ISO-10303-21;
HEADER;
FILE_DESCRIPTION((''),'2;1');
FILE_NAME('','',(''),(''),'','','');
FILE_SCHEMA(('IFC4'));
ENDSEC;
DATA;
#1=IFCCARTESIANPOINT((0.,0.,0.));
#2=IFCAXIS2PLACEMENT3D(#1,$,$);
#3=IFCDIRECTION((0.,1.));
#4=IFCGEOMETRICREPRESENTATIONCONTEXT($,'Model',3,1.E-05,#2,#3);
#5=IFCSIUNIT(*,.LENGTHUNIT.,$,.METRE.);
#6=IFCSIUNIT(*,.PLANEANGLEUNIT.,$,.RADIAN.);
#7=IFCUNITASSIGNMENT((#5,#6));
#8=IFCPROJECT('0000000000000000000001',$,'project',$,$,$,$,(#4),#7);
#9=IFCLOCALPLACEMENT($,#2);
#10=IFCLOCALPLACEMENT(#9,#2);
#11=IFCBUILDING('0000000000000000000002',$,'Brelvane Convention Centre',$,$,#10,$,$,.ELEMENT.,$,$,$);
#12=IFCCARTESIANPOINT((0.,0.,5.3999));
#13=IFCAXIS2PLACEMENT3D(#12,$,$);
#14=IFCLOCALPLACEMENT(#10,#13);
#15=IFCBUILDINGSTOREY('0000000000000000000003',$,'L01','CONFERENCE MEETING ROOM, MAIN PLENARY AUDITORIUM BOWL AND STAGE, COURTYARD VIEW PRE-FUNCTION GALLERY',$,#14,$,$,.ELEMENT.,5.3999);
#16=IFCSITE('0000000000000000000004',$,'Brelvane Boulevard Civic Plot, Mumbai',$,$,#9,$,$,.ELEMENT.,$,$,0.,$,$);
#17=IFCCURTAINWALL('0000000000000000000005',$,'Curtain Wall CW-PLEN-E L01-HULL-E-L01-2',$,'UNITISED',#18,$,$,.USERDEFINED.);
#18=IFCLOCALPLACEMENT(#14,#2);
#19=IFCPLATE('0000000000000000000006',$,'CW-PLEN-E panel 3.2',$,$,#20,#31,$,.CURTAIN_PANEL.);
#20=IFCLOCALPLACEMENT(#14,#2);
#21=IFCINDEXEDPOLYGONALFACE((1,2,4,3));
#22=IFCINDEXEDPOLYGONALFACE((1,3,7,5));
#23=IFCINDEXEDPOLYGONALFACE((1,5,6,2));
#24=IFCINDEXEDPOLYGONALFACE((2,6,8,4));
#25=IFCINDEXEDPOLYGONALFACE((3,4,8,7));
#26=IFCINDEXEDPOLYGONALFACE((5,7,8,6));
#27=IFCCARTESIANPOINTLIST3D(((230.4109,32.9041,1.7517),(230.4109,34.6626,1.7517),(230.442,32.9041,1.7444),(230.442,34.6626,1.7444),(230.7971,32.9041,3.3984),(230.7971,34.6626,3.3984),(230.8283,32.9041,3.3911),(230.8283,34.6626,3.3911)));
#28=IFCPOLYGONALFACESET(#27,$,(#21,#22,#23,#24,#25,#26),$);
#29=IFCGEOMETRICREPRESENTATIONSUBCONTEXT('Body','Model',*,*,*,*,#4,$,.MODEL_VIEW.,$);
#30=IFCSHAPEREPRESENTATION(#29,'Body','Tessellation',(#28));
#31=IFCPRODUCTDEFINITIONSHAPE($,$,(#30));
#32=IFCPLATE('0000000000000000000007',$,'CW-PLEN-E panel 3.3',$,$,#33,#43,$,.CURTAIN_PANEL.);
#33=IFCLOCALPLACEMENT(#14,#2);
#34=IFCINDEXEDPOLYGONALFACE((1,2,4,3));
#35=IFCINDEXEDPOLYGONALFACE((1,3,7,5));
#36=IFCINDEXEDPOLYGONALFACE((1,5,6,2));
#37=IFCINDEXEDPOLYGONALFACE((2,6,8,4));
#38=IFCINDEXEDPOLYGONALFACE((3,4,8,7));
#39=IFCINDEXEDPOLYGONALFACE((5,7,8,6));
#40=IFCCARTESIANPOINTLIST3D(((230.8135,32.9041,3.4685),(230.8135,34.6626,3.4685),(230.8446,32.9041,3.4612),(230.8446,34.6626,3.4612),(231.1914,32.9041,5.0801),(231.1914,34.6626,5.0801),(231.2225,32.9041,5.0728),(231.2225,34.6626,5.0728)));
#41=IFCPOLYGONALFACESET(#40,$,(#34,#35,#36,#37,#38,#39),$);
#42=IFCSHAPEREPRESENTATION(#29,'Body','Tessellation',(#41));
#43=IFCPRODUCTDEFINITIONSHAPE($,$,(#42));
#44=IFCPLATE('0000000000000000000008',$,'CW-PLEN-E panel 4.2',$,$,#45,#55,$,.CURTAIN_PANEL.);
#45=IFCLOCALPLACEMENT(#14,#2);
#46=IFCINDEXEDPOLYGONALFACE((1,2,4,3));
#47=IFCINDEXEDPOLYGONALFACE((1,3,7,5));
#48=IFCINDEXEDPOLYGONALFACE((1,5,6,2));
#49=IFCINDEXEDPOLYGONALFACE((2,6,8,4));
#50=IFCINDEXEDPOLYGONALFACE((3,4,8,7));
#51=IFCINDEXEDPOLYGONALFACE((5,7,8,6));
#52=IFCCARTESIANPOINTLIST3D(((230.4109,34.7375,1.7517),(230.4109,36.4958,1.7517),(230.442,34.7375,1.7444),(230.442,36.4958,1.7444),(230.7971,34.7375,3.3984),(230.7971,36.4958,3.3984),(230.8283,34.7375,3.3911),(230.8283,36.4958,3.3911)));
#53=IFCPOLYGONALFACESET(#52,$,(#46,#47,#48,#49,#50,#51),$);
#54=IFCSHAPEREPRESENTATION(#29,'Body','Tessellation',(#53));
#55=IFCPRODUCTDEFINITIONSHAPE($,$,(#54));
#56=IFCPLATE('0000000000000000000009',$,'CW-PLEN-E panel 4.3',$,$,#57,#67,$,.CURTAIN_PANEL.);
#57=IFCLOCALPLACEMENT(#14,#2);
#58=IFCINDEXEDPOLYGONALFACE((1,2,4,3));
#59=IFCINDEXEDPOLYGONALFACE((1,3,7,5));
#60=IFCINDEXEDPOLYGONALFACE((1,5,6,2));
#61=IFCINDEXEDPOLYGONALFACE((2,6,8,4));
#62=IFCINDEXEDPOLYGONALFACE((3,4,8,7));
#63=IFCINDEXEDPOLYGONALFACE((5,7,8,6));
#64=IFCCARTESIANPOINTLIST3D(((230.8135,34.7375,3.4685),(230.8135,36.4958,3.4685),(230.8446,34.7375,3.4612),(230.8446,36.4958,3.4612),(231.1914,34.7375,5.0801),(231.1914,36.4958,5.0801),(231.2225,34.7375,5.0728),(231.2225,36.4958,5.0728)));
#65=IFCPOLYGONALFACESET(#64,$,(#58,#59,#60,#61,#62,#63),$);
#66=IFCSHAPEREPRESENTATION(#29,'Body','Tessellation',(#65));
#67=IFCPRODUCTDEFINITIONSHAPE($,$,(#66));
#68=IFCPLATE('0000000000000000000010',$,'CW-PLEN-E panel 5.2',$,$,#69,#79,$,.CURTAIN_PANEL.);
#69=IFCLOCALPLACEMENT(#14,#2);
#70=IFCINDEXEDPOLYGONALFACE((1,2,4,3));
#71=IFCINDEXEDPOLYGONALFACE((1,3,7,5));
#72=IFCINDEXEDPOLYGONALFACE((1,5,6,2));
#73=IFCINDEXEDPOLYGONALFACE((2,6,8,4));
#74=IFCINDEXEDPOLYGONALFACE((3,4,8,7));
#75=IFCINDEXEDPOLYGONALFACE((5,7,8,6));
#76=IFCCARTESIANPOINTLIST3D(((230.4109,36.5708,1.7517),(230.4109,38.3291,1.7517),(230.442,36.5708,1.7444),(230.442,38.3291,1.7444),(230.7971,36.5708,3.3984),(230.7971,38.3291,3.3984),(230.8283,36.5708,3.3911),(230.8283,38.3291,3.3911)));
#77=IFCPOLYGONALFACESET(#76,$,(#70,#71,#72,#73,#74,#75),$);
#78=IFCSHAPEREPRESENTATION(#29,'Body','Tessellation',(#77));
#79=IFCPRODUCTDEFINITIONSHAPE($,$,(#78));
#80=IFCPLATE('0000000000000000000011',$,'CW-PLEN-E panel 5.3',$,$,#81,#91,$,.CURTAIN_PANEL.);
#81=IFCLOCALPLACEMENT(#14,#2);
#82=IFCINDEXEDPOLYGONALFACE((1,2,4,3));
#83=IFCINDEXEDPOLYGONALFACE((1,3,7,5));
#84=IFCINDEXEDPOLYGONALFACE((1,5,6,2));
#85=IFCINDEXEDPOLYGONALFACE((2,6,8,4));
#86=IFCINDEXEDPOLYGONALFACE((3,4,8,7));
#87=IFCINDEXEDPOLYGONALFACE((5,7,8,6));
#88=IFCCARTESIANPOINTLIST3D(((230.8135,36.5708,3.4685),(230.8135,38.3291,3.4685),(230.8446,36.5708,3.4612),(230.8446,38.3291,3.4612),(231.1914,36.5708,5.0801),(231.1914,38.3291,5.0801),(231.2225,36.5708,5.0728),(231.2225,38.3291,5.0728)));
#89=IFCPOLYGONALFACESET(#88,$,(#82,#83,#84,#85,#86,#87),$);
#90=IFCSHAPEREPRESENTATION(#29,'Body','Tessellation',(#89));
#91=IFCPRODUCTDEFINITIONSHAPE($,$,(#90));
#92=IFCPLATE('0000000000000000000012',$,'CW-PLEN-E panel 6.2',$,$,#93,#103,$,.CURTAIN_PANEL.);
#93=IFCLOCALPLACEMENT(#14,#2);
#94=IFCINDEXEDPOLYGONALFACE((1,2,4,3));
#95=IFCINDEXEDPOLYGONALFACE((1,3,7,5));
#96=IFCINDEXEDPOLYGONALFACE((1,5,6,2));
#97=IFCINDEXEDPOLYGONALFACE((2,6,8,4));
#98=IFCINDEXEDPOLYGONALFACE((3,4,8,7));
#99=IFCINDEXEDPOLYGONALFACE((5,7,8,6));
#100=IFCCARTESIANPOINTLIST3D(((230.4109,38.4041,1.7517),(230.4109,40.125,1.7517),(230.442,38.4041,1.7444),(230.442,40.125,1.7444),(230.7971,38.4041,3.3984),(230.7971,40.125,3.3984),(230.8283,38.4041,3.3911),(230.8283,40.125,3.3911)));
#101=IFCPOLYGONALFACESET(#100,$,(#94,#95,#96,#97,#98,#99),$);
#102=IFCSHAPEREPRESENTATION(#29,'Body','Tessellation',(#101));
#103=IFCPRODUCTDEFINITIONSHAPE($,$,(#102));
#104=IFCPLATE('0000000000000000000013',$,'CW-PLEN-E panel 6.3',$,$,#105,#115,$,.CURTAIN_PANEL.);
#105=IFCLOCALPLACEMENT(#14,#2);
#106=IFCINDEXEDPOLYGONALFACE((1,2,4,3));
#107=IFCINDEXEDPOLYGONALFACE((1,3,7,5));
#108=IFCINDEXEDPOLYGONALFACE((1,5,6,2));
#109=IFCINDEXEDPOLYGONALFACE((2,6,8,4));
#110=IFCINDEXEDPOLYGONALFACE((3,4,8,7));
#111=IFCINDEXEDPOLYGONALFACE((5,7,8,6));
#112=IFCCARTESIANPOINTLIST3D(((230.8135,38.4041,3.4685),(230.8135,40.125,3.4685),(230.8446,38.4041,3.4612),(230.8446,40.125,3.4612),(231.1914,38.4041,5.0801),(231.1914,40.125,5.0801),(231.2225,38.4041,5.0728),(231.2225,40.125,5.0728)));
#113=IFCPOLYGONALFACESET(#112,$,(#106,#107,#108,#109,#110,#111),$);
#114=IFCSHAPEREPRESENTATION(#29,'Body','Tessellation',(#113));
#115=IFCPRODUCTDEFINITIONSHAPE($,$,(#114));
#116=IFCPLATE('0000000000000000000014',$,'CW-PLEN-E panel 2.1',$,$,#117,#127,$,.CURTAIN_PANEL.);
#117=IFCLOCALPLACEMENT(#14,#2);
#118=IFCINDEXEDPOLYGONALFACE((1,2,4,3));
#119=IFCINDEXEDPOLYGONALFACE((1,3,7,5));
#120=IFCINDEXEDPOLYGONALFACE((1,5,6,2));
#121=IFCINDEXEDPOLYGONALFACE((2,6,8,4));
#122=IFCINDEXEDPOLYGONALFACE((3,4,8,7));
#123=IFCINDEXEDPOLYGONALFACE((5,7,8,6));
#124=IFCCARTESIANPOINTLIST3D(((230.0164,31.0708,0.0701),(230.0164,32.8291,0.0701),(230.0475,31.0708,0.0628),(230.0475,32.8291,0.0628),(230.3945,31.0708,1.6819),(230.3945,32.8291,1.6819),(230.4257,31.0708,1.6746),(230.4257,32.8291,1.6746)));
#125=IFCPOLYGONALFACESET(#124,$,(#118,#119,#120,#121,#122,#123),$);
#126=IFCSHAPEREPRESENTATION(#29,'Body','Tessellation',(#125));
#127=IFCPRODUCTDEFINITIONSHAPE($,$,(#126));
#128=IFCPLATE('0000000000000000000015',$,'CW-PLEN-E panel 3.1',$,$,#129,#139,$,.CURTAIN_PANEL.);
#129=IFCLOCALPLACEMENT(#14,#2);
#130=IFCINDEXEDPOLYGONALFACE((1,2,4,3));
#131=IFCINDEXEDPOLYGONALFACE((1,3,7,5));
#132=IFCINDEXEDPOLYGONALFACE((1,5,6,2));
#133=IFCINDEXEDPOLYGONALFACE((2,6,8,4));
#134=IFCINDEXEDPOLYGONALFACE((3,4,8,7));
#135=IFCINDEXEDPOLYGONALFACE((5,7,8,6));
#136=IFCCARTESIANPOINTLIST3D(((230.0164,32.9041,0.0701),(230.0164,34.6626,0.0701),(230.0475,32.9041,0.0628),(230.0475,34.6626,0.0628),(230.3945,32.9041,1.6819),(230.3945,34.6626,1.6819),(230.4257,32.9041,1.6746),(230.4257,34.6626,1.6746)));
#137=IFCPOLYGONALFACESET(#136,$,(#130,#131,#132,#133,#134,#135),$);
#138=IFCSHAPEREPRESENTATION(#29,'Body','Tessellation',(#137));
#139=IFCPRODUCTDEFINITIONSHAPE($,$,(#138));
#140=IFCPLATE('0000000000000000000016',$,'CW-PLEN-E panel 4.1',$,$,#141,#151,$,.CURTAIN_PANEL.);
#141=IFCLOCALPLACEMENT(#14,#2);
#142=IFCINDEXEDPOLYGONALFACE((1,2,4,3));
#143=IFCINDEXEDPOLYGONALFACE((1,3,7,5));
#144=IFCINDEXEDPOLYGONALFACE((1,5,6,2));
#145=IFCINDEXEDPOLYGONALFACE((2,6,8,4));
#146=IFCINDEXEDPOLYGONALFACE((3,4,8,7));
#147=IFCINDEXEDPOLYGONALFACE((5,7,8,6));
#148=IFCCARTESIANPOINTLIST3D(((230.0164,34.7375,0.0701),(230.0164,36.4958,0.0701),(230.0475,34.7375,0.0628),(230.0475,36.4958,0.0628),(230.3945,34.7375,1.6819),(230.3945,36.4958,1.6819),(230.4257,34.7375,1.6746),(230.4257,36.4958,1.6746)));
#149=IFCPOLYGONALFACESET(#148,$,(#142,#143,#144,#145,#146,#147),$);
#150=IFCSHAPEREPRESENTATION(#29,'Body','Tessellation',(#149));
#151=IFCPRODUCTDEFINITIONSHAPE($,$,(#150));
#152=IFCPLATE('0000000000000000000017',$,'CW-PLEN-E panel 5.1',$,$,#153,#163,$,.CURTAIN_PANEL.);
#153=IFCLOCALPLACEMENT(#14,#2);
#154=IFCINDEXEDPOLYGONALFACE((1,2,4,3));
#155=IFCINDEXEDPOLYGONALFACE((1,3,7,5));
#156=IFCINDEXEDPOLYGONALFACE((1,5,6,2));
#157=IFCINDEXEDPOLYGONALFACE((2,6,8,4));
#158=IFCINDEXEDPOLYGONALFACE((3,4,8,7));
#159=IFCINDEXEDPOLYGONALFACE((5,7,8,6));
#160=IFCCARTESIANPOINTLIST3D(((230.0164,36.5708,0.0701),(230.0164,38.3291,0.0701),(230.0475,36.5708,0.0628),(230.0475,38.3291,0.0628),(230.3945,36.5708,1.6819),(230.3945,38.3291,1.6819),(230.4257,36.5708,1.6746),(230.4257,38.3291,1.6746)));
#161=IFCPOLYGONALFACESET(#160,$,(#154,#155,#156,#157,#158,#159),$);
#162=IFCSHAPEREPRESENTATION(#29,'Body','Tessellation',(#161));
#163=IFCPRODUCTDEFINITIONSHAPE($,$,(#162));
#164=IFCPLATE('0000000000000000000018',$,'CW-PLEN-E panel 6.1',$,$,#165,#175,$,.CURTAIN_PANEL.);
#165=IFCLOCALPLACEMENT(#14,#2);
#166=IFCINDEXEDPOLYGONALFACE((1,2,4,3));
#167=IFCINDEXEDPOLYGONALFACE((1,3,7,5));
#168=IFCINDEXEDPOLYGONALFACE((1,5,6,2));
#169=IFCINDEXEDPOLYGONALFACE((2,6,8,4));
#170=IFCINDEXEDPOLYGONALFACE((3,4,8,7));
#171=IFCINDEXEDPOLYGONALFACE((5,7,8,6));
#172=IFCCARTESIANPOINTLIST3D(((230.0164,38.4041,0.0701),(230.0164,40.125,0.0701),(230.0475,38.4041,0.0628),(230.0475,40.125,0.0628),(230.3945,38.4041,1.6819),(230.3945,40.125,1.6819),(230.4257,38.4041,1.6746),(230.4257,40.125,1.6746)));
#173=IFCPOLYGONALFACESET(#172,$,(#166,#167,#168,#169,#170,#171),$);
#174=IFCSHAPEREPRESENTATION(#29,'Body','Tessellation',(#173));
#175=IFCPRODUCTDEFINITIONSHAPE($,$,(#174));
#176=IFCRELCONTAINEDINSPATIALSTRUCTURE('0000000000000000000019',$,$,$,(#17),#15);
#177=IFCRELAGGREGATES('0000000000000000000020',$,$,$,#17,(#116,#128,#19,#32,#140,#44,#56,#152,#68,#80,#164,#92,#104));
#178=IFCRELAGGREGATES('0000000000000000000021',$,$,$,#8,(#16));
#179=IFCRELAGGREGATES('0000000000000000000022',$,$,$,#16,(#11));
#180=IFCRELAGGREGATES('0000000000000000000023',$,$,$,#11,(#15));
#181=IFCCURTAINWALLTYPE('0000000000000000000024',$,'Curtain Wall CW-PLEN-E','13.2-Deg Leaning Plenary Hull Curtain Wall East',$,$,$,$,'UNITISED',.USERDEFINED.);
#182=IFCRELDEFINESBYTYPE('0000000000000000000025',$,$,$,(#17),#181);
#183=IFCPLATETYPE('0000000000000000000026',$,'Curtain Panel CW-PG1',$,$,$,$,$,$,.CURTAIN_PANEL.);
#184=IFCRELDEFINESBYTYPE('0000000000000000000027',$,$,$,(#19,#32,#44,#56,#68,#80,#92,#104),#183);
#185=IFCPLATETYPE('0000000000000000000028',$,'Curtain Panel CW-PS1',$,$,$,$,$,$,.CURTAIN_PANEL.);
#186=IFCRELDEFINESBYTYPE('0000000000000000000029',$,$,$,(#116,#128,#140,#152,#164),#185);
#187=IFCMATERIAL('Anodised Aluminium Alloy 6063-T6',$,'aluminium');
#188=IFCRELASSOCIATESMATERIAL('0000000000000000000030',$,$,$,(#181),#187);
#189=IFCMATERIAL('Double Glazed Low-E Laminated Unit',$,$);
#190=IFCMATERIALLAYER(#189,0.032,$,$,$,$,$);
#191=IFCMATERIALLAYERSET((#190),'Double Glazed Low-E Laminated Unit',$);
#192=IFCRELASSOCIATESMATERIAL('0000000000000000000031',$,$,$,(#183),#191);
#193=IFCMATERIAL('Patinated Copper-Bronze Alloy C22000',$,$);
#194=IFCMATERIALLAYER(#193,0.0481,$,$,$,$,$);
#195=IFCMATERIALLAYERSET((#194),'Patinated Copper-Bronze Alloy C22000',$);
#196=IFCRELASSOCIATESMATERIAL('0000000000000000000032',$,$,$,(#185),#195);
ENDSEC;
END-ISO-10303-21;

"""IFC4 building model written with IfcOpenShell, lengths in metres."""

from ifc_helpers import new_model, si_unit, direction, frame, origin, place, context, subcontext, project, spatial, polyline, outline, extrude, material, layer, layer_set, type_object, element, aggregate, save


model = new_model("IFC4")

# Units and contexts
model_context = context("Model", 3, precision=1e-05, world=origin(), true_north=direction((0.0, 1.0)))
body_context = subcontext(model_context, "Body", "Model", "MODEL_VIEW")
ifc_project = project(units=[si_unit("LENGTHUNIT", "METRE"), si_unit("PLANEANGLEUNIT", "RADIAN")], contexts=[model_context])

# Site, building, storey
site_placement = place(None, origin())
site = spatial("IfcSite", under=ifc_project, at=site_placement, Name="Brelvane Boulevard Civic Plot, Mumbai", CompositionType="ELEMENT", RefElevation=0.0)
building_placement = place(site_placement, origin())
building = spatial("IfcBuilding", under=site, at=building_placement, Name="Brelvane Convention Centre", CompositionType="ELEMENT")
storey_placement = place(building_placement, frame((0.0, 0.0, 5.3999)))
storey = spatial("IfcBuildingStorey", under=building, at=storey_placement, Name="L01", Description="CONFERENCE MEETING ROOM, MAIN PLENARY AUDITORIUM BOWL AND STAGE, COURTYARD VIEW PRE-FUNCTION GALLERY", CompositionType="ELEMENT", Elevation=5.3999)

# Curtain wall, plates
ifc_material_1 = material(Name="Anodised Aluminium Alloy 6063-T6", Category="aluminium")
curtain_wall_type = type_object("IfcCurtainWallType", Name="Curtain Wall CW-PLEN-E", Description="13.2-Deg Leaning Plenary Hull Curtain Wall East", ElementType="UNITISED", PredefinedType="USERDEFINED", material=ifc_material_1)
curtain_wall_placement = place(storey_placement, origin())
curtain_wall = element("IfcCurtainWall", 1, at=curtain_wall_placement, inside=storey, type_object=curtain_wall_type, Name="Curtain Wall CW-PLEN-E L01-HULL-E-L01-2", ObjectType="UNITISED", PredefinedType="USERDEFINED")
ifc_material_2 = material(Name="Double Glazed Low-E Laminated Unit")
ifc_layer_1 = layer(ifc_material_2, 0.032)
ifc_layer_set_1 = layer_set([ifc_layer_1], Name="Double Glazed Low-E Laminated Unit")
plate_type_1 = type_object("IfcPlateType", Name="Curtain Panel CW-PG1", PredefinedType="CURTAIN_PANEL", material=ifc_layer_set_1)
plate_1_placement = place(storey_placement, frame((230.4109, 32.9041, 1.7517), z_axis=(-0.97358, 0.0, 0.228347), x_axis=(0.0, 1.0, 0.0)))
plate_1 = element("IfcPlate", 2, at=plate_1_placement, type_object=plate_type_1, Name="CW-PLEN-E panel 3.2", PredefinedType="CURTAIN_PANEL", context=body_context, shape_type="SweptSolid", body=[
    extrude(outline(polyline([(0.0, 0.0), (1.7585, 0.0), (1.7585, -1.6914), (0.0, -1.6914), (0.0, 0.0)])), origin(), (0.0, 0.0, -1.0), 0.032),
])
plate_2_placement = place(storey_placement, frame((230.8135, 32.9041, 3.4685), z_axis=(-0.973587, 0.0, 0.228316), x_axis=(0.0, 1.0, 0.0)))
plate_2 = element("IfcPlate", 3, at=plate_2_placement, type_object=plate_type_1, Name="CW-PLEN-E panel 3.3", PredefinedType="CURTAIN_PANEL", context=body_context, shape_type="SweptSolid", body=[
    extrude(outline(polyline([(0.0, 0.0), (1.7585, 0.0), (1.7585, -1.6553), (0.0, -1.6553), (0.0, 0.0)])), origin(), (0.0, 0.0, -1.0), 0.032),
])
plate_3_placement = place(storey_placement, frame((230.4109, 34.7375, 1.7517), z_axis=(-0.97358, 0.0, 0.228347), x_axis=(0.0, 1.0, 0.0)))
plate_3 = element("IfcPlate", 4, at=plate_3_placement, type_object=plate_type_1, Name="CW-PLEN-E panel 4.2", PredefinedType="CURTAIN_PANEL", context=body_context, shape_type="SweptSolid", body=[
    extrude(outline(polyline([(0.0, 0.0), (1.7583, 0.0), (1.7583, -1.6914), (0.0, -1.6914), (0.0, 0.0)])), origin(), (0.0, 0.0, -1.0), 0.032),
])
plate_4_placement = place(storey_placement, frame((230.8135, 34.7375, 3.4685), z_axis=(-0.973587, 0.0, 0.228316), x_axis=(0.0, 1.0, 0.0)))
plate_4 = element("IfcPlate", 5, at=plate_4_placement, type_object=plate_type_1, Name="CW-PLEN-E panel 4.3", PredefinedType="CURTAIN_PANEL", context=body_context, shape_type="SweptSolid", body=[
    extrude(outline(polyline([(0.0, 0.0), (1.7583, 0.0), (1.7583, -1.6553), (0.0, -1.6553), (0.0, 0.0)])), origin(), (0.0, 0.0, -1.0), 0.032),
])
plate_5_placement = place(storey_placement, frame((230.4109, 36.5708, 1.7517), z_axis=(-0.97358, 0.0, 0.228347), x_axis=(0.0, 1.0, 0.0)))
plate_5 = element("IfcPlate", 6, at=plate_5_placement, type_object=plate_type_1, Name="CW-PLEN-E panel 5.2", PredefinedType="CURTAIN_PANEL", context=body_context, shape_type="SweptSolid", body=[
    extrude(outline(polyline([(0.0, 0.0), (1.7583, 0.0), (1.7583, -1.6914), (0.0, -1.6914), (0.0, 0.0)])), origin(), (0.0, 0.0, -1.0), 0.032),
])
plate_6_placement = place(storey_placement, frame((230.8135, 36.5708, 3.4685), z_axis=(-0.973587, 0.0, 0.228316), x_axis=(0.0, 1.0, 0.0)))
plate_6 = element("IfcPlate", 7, at=plate_6_placement, type_object=plate_type_1, Name="CW-PLEN-E panel 5.3", PredefinedType="CURTAIN_PANEL", context=body_context, shape_type="SweptSolid", body=[
    extrude(outline(polyline([(0.0, 0.0), (1.7583, 0.0), (1.7583, -1.6553), (0.0, -1.6553), (0.0, 0.0)])), origin(), (0.0, 0.0, -1.0), 0.032),
])
plate_7_placement = place(storey_placement, frame((230.4109, 38.4041, 1.7517), z_axis=(-0.97358, 0.0, 0.228347), x_axis=(0.0, 1.0, 0.0)))
plate_7 = element("IfcPlate", 8, at=plate_7_placement, type_object=plate_type_1, Name="CW-PLEN-E panel 6.2", PredefinedType="CURTAIN_PANEL", context=body_context, shape_type="SweptSolid", body=[
    extrude(outline(polyline([(0.0, 0.0), (1.7209, 0.0), (1.7209, -1.6914), (0.0, -1.6914), (0.0, 0.0)])), origin(), (0.0, 0.0, -1.0), 0.032),
])
plate_8_placement = place(storey_placement, frame((230.8135, 38.4041, 3.4685), z_axis=(-0.973587, 0.0, 0.228316), x_axis=(0.0, 1.0, 0.0)))
plate_8 = element("IfcPlate", 9, at=plate_8_placement, type_object=plate_type_1, Name="CW-PLEN-E panel 6.3", PredefinedType="CURTAIN_PANEL", context=body_context, shape_type="SweptSolid", body=[
    extrude(outline(polyline([(0.0, 0.0), (1.7209, 0.0), (1.7209, -1.6553), (0.0, -1.6553), (0.0, 0.0)])), origin(), (0.0, 0.0, -1.0), 0.032),
])
ifc_material_3 = material(Name="Patinated Copper-Bronze Alloy C22000")
ifc_layer_2 = layer(ifc_material_3, 0.0481)
ifc_layer_set_2 = layer_set([ifc_layer_2], Name="Patinated Copper-Bronze Alloy C22000")
plate_type_2 = type_object("IfcPlateType", Name="Curtain Panel CW-PS1", PredefinedType="CURTAIN_PANEL", material=ifc_layer_set_2)
plate_9_placement = place(storey_placement, frame((230.0164, 31.0708, 0.0701), z_axis=(-0.973562, 0.0, 0.228423), x_axis=(0.0, 1.0, 0.0)))
plate_9 = element("IfcPlate", 10, at=plate_9_placement, type_object=plate_type_2, Name="CW-PLEN-E panel 2.1", PredefinedType="CURTAIN_PANEL", context=body_context, shape_type="SweptSolid", body=[
    extrude(outline(polyline([(0.0, 0.0), (1.7583, 0.0), (1.7583, -1.6556), (0.0, -1.6556), (0.0, 0.0)])), origin(), (0.0, 0.0, -1.0), 0.032),
])
plate_10_placement = place(storey_placement, frame((230.0164, 32.9041, 0.0701), z_axis=(-0.973562, 0.0, 0.228423), x_axis=(0.0, 1.0, 0.0)))
plate_10 = element("IfcPlate", 11, at=plate_10_placement, type_object=plate_type_2, Name="CW-PLEN-E panel 3.1", PredefinedType="CURTAIN_PANEL", context=body_context, shape_type="SweptSolid", body=[
    extrude(outline(polyline([(0.0, 0.0), (1.7585, 0.0), (1.7585, -1.6556), (0.0, -1.6556), (0.0, 0.0)])), origin(), (0.0, 0.0, -1.0), 0.032),
])
plate_11_placement = place(storey_placement, frame((230.0164, 34.7375, 0.0701), z_axis=(-0.973562, 0.0, 0.228423), x_axis=(0.0, 1.0, 0.0)))
plate_11 = element("IfcPlate", 12, at=plate_11_placement, type_object=plate_type_2, Name="CW-PLEN-E panel 4.1", PredefinedType="CURTAIN_PANEL", context=body_context, shape_type="SweptSolid", body=[
    extrude(outline(polyline([(0.0, 0.0), (1.7583, 0.0), (1.7583, -1.6556), (0.0, -1.6556), (0.0, 0.0)])), origin(), (0.0, 0.0, -1.0), 0.032),
])
plate_12_placement = place(storey_placement, frame((230.0164, 36.5708, 0.0701), z_axis=(-0.973562, 0.0, 0.228423), x_axis=(0.0, 1.0, 0.0)))
plate_12 = element("IfcPlate", 13, at=plate_12_placement, type_object=plate_type_2, Name="CW-PLEN-E panel 5.1", PredefinedType="CURTAIN_PANEL", context=body_context, shape_type="SweptSolid", body=[
    extrude(outline(polyline([(0.0, 0.0), (1.7583, 0.0), (1.7583, -1.6556), (0.0, -1.6556), (0.0, 0.0)])), origin(), (0.0, 0.0, -1.0), 0.032),
])
plate_13_placement = place(storey_placement, frame((230.0164, 38.4041, 0.0701), z_axis=(-0.973562, 0.0, 0.228423), x_axis=(0.0, 1.0, 0.0)))
plate_13 = element("IfcPlate", 14, at=plate_13_placement, type_object=plate_type_2, Name="CW-PLEN-E panel 6.1", PredefinedType="CURTAIN_PANEL", context=body_context, shape_type="SweptSolid", body=[
    extrude(outline(polyline([(0.0, 0.0), (1.7209, 0.0), (1.7209, -1.6556), (0.0, -1.6556), (0.0, 0.0)])), origin(), (0.0, 0.0, -1.0), 0.032),
])
aggregate(curtain_wall, [plate_9, plate_10, plate_1, plate_2, plate_11, plate_3, plate_4, plate_12, plate_5, plate_6, plate_13, plate_7, plate_8])

save(model, "model.ifc")
